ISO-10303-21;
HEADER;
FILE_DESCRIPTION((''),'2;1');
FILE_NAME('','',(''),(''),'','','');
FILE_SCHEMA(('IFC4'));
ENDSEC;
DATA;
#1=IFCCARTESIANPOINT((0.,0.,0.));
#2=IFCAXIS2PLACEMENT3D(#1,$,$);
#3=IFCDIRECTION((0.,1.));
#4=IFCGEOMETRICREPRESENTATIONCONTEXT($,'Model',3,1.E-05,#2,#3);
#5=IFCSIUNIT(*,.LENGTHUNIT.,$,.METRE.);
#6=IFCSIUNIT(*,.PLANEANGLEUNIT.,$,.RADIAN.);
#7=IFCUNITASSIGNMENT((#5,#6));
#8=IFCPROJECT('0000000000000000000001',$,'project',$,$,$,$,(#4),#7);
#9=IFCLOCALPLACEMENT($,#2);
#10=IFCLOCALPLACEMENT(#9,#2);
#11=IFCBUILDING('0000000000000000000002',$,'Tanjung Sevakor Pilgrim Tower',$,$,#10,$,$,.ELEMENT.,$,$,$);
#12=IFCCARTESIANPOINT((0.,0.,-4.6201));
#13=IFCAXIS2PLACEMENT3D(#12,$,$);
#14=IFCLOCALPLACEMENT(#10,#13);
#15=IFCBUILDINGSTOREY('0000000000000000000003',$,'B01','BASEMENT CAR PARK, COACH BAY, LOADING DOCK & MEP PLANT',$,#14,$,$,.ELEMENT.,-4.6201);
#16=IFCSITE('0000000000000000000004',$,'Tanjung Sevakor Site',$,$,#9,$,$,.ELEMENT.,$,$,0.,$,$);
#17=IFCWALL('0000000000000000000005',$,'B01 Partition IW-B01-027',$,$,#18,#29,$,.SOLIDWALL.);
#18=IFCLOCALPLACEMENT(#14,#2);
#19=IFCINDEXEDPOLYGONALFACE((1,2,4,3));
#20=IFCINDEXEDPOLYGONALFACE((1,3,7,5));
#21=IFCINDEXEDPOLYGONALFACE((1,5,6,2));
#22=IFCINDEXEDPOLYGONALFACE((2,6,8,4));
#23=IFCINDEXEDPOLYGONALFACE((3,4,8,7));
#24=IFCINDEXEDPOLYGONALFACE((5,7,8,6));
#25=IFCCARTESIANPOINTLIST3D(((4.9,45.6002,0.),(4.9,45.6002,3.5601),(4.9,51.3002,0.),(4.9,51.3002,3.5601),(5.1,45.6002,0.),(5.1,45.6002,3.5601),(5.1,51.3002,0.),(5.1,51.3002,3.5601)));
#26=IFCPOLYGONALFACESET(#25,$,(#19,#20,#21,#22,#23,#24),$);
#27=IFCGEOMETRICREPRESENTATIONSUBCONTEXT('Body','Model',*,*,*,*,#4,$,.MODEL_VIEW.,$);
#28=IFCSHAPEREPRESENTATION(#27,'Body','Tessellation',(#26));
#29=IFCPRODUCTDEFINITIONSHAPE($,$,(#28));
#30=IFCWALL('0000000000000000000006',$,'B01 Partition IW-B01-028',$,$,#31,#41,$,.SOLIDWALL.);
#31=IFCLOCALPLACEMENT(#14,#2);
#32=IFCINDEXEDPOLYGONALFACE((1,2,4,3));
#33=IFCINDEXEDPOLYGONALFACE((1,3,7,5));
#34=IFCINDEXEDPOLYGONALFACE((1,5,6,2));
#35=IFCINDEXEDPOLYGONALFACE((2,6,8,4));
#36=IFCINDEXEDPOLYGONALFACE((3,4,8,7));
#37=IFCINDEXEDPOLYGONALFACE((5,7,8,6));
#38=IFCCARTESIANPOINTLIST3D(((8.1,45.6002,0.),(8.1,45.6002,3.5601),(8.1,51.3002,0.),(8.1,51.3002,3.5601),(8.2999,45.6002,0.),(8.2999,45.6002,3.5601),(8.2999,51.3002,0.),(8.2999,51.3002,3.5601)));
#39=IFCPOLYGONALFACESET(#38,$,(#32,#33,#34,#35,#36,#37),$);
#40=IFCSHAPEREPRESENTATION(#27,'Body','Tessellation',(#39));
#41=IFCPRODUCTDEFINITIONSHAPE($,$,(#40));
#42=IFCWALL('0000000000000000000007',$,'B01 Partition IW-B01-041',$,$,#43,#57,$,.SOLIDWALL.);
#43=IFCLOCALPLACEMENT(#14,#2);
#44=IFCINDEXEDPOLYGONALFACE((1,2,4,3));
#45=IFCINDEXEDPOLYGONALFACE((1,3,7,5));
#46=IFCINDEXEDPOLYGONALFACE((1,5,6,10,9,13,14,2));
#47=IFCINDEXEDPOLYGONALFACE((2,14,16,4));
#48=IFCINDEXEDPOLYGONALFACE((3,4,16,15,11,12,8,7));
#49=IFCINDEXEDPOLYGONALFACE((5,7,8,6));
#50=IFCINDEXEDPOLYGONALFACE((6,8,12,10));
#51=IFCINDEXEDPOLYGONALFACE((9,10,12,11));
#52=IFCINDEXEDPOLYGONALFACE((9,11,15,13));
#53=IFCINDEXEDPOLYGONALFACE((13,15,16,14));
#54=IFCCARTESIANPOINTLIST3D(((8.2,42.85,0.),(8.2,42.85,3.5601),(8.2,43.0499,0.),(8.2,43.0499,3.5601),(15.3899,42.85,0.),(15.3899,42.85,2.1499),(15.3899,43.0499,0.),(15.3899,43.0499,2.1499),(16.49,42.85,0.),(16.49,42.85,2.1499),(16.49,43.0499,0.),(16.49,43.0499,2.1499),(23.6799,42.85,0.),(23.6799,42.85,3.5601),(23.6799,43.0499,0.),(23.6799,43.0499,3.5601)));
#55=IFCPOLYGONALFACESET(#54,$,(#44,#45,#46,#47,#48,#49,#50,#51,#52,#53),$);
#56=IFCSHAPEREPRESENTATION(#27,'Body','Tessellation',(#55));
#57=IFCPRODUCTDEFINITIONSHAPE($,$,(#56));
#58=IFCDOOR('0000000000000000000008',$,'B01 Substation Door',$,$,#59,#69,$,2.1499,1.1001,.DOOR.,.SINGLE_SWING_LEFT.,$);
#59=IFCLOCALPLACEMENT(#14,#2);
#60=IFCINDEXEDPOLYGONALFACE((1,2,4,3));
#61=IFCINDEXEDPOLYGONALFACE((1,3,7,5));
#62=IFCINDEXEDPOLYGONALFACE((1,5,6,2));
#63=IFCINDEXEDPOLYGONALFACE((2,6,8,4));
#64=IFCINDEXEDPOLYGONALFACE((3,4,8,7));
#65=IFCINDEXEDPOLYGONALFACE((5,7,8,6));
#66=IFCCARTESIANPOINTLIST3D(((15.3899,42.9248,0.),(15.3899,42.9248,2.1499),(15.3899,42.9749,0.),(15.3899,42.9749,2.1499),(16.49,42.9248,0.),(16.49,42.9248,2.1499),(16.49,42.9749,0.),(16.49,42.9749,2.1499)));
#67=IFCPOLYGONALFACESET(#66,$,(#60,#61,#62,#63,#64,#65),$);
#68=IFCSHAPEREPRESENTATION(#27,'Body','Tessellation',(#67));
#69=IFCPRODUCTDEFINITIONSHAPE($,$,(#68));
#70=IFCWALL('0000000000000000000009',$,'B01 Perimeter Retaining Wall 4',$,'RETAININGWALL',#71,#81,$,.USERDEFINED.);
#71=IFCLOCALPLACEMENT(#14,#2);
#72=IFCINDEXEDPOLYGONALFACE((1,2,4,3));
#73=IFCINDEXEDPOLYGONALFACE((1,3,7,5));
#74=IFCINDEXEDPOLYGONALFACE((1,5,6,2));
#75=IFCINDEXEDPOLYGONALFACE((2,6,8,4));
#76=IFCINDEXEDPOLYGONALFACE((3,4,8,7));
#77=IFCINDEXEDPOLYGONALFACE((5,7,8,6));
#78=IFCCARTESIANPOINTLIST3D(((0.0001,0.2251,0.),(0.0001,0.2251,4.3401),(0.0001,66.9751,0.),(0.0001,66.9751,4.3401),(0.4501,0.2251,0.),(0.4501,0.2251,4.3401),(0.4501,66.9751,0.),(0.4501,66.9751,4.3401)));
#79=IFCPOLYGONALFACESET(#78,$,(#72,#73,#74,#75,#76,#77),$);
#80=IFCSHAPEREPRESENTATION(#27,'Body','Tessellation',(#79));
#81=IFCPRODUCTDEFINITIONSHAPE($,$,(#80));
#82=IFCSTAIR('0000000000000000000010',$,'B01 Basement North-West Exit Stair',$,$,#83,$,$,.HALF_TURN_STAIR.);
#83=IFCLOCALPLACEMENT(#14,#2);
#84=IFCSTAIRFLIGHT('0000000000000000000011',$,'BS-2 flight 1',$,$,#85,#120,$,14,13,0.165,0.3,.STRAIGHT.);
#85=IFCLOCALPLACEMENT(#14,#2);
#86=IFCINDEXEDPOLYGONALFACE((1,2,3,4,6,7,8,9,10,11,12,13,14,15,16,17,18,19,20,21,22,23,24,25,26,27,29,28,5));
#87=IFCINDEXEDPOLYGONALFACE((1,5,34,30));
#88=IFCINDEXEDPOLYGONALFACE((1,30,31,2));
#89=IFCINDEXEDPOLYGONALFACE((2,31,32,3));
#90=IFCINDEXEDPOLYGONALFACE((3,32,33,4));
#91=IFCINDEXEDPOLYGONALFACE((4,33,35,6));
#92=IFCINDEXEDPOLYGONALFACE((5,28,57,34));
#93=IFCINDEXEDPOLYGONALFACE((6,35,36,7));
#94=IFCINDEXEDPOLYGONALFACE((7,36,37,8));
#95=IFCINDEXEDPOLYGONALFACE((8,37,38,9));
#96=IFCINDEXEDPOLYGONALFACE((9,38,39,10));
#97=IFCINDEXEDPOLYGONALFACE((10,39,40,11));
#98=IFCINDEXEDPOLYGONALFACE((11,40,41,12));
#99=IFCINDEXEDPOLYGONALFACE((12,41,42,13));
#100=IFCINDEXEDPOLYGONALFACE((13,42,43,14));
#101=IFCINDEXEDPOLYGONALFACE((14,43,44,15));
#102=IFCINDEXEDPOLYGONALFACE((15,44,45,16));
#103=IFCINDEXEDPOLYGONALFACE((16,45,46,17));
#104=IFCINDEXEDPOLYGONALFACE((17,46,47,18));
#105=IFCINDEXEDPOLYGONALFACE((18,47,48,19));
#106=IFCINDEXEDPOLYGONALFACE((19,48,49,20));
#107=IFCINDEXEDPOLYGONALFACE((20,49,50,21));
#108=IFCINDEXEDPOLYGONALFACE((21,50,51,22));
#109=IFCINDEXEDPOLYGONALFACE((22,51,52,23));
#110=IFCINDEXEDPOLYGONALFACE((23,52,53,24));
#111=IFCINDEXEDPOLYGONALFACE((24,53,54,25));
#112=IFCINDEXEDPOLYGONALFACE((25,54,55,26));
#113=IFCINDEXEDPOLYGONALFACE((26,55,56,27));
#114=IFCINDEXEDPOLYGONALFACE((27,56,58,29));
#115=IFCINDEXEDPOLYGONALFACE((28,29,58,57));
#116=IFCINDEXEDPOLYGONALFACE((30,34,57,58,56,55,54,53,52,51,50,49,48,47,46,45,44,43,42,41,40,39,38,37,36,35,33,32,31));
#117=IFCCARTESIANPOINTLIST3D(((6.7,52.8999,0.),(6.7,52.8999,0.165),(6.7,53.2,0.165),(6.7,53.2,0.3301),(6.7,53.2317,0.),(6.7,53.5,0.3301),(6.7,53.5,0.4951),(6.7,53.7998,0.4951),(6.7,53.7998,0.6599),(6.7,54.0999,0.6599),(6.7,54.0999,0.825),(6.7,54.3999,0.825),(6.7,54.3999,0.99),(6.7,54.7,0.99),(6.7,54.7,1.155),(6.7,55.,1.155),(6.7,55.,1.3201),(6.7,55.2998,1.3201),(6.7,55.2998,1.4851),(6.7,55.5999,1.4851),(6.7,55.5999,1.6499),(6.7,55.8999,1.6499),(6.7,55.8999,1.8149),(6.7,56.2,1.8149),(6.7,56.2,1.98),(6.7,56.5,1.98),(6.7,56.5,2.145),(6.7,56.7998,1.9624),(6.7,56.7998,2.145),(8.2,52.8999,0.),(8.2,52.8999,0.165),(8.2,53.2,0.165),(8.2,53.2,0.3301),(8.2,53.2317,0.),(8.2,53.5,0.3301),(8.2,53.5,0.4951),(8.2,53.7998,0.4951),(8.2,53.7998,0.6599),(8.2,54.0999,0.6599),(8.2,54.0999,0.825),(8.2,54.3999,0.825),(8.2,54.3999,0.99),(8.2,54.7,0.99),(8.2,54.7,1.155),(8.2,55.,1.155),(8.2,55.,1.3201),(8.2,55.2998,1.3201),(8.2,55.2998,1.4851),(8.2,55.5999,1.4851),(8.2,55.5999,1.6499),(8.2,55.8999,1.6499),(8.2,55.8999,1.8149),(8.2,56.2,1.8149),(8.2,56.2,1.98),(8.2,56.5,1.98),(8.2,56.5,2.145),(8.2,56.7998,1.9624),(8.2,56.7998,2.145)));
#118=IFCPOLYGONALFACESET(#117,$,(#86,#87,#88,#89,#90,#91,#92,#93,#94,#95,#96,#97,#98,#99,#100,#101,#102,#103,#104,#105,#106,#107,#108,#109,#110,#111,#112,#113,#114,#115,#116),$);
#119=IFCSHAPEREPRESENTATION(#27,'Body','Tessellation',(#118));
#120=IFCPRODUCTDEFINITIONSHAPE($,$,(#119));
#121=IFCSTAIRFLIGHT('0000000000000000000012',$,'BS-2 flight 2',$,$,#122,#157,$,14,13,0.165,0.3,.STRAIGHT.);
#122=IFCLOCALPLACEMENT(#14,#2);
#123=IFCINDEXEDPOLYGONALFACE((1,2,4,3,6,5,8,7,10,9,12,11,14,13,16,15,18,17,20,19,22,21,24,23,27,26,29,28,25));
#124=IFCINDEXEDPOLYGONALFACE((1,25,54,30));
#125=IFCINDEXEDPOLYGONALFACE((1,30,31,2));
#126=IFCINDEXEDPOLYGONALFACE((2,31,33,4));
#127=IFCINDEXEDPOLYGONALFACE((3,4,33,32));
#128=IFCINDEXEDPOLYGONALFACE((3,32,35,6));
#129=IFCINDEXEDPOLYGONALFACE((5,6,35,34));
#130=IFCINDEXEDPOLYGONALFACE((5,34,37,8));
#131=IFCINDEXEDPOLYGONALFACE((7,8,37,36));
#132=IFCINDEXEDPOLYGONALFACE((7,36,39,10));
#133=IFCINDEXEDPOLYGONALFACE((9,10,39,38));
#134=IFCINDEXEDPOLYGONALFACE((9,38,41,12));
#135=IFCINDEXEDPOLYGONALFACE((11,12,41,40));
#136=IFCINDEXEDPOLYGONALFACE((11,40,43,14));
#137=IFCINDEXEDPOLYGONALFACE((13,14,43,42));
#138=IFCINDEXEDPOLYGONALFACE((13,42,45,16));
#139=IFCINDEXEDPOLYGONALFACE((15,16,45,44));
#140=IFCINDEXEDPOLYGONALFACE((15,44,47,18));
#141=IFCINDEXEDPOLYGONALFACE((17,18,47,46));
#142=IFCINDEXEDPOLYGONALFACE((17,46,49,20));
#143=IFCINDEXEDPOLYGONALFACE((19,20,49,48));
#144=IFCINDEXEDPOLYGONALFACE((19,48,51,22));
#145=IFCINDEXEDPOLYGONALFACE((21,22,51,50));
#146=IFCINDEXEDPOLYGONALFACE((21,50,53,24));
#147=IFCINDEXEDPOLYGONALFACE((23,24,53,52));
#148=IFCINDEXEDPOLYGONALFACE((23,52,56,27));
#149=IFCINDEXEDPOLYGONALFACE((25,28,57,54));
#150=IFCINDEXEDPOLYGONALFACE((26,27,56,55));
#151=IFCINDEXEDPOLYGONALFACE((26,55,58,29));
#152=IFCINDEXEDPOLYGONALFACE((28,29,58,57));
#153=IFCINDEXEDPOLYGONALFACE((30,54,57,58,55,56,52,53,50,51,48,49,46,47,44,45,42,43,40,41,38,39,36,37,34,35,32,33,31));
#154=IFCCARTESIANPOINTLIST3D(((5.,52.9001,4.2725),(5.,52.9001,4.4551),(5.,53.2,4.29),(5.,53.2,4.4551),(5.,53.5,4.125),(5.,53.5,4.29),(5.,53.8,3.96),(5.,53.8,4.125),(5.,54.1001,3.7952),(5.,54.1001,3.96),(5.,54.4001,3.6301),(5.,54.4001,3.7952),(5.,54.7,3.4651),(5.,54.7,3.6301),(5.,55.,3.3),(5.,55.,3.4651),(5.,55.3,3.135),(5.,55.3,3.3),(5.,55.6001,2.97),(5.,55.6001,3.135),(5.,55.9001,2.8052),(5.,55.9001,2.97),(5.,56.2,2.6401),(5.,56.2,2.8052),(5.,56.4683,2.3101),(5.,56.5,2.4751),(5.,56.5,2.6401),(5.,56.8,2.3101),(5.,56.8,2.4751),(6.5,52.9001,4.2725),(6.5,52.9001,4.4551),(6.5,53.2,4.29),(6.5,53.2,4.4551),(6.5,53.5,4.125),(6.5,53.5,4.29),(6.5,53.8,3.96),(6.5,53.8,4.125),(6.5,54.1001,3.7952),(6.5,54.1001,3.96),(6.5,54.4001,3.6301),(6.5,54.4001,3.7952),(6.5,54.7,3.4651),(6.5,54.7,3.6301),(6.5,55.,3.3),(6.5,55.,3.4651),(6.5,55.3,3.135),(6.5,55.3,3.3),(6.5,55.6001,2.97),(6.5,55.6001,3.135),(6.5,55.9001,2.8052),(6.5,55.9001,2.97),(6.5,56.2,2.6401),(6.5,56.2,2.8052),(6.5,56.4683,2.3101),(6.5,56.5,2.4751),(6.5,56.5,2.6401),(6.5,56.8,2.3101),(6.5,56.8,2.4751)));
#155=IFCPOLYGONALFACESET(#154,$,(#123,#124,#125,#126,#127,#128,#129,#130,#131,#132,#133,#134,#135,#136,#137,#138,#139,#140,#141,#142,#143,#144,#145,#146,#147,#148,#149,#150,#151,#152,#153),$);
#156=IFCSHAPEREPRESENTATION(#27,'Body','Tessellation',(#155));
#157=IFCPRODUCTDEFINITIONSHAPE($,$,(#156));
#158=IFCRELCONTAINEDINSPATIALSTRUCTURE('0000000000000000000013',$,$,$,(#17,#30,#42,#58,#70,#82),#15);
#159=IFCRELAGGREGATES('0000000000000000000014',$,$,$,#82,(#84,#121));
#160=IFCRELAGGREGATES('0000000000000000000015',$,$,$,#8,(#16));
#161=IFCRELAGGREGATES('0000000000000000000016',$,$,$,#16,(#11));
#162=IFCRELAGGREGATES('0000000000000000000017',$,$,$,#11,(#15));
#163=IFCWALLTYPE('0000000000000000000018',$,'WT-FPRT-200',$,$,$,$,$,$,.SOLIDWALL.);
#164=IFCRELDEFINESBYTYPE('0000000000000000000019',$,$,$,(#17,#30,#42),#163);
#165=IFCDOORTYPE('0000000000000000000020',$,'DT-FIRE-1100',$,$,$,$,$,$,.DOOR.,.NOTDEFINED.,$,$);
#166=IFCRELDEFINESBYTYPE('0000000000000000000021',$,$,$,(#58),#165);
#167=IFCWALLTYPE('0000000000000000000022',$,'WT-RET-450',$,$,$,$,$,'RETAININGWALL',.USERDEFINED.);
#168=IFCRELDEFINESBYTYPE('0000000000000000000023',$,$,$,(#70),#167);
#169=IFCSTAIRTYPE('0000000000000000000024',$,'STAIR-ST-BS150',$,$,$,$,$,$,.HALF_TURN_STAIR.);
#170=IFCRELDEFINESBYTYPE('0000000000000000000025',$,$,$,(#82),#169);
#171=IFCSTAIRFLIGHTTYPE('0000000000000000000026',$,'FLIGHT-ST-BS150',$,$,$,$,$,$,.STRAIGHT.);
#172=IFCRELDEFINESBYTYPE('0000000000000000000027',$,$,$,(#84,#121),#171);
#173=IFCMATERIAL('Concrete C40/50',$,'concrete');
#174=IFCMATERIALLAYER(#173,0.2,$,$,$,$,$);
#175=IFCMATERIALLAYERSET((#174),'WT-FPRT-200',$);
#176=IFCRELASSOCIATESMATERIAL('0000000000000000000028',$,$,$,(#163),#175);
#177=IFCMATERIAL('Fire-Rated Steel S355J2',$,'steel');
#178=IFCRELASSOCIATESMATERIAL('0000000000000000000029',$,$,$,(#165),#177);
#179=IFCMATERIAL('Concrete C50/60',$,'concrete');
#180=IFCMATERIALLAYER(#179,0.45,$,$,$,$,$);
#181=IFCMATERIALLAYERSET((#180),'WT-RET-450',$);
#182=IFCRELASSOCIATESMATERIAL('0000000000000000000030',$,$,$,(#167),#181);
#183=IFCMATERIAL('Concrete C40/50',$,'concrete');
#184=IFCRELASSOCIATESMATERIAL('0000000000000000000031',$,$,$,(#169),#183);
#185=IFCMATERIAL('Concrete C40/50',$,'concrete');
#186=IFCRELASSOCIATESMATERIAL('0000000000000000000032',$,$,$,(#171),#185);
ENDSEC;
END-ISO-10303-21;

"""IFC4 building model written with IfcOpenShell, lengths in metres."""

from ifc_helpers import new_model, si_unit, direction, frame, frame_2d, origin, place, context, subcontext, project, spatial, polyline, rectangle, outline, extrude, material, layer, layer_set, type_object, element, fill, aggregate, save


model = new_model("IFC4")

# Units and contexts
model_context = context("Model", 3, precision=1e-05, world=origin(), true_north=direction((0.0, 1.0)))
body_context = subcontext(model_context, "Body", "Model", "MODEL_VIEW")
ifc_project = project(units=[si_unit("LENGTHUNIT", "METRE"), si_unit("PLANEANGLEUNIT", "RADIAN")], contexts=[model_context])

# Site, building, storey
site_placement = place(None, origin())
site = spatial("IfcSite", under=ifc_project, at=site_placement, Name="Tanjung Sevakor Site", CompositionType="ELEMENT", RefElevation=0.0)
building_placement = place(site_placement, origin())
building = spatial("IfcBuilding", under=site, at=building_placement, Name="Tanjung Sevakor Pilgrim Tower", CompositionType="ELEMENT")
storey_placement = place(building_placement, frame((0.0, 0.0, -4.6201)))
storey = spatial("IfcBuildingStorey", under=building, at=storey_placement, Name="B01", Description="BASEMENT CAR PARK, COACH BAY, LOADING DOCK & MEP PLANT", CompositionType="ELEMENT", Elevation=-4.6201)

# Walls
ifc_material_1 = material(Name="Concrete C40/50", Category="concrete")
ifc_layer_1 = layer(ifc_material_1, 0.2)
ifc_layer_set_1 = layer_set([ifc_layer_1], Name="WT-FPRT-200")
wall_type_1 = type_object("IfcWallType", Name="WT-FPRT-200", PredefinedType="SOLIDWALL", material=ifc_layer_set_1)
for number, where, z_axis, x_axis, name in (
    (1, (5.0, 45.6001, 0.0), (0.0, 0.0, 1.0), (0.0, 1.0, 0.0), "B01 Partition IW-B01-027"),
    (2, (8.2, 45.6001, 0.0), (0.0, 0.0, 1.0), (0.0, 1.0, 0.0), "B01 Partition IW-B01-028"),
):
    element("IfcWall", number, at=place(storey_placement, frame(where, z_axis=z_axis, x_axis=x_axis)), inside=storey, type_object=wall_type_1, Name=name, PredefinedType="SOLIDWALL", context=body_context, shape_type="SweptSolid", body=[
        extrude(rectangle(XDim=5.7, YDim=0.2, at=frame_2d((2.8501, 0.0))), origin(), (0.0, 0.0, 1.0), 3.5601),
    ])

# Wall, opening, door
wall_1_placement = place(storey_placement, frame((8.2, 42.95, 0.0), z_axis=(0.0, 0.0, 1.0), x_axis=(1.0, 0.0, 0.0)))
wall_1 = element("IfcWall", 3, at=wall_1_placement, inside=storey, type_object=wall_type_1, Name="B01 Partition IW-B01-041", PredefinedType="SOLIDWALL", context=body_context, shape_type="SweptSolid", body=[
    extrude(rectangle(XDim=15.48, YDim=0.2, at=frame_2d((7.74, 0.0))), origin(), (0.0, 0.0, 1.0), 3.5601),
])
opening_1_placement = place(wall_1_placement, frame((7.1899, 0.0, 0.0)))
opening_1 = element("IfcOpeningElement", 4, at=opening_1_placement, cuts=wall_1, PredefinedType="OPENING", context=body_context, shape_type="SweptSolid", body=[
    extrude(rectangle(XDim=1.1001, YDim=2.1499, at=frame_2d((0.55, 1.075))), frame((0.0, 0.1099, 0.0), z_axis=(0.0, -1.0, 0.0), x_axis=(1.0, 0.0, 0.0)), (0.0, 0.0, 1.0), 0.22),
])
ifc_material_2 = material(Name="Fire-Rated Steel S355J2", Category="steel")
door_type_1 = type_object("IfcDoorType", Name="DT-FIRE-1100", OperationType="NOTDEFINED", PredefinedType="DOOR", material=ifc_material_2)
door_1_placement = place(opening_1_placement, origin())
door_1 = element("IfcDoor", 5, at=door_1_placement, inside=storey, type_object=door_type_1, Name="B01 Substation Door", OperationType="SINGLE_SWING_LEFT", OverallHeight=2.1499, OverallWidth=1.1001, PredefinedType="DOOR", context=body_context, shape_type="SweptSolid", body=[
    extrude(rectangle(XDim=1.1001, YDim=2.1499, at=frame_2d((0.55, 1.075))), frame((0.0, 0.0249, 0.0), z_axis=(0.0, -1.0, 0.0), x_axis=(1.0, 0.0, 0.0)), (0.0, 0.0, 1.0), 0.05),
])
fill(opening_1, door_1)

# Wall
ifc_material_3 = material(Name="Concrete C50/60", Category="concrete")
ifc_layer_2 = layer(ifc_material_3, 0.45)
ifc_layer_set_2 = layer_set([ifc_layer_2], Name="WT-RET-450")
wall_type_2 = type_object("IfcWallType", Name="WT-RET-450", ElementType="RETAININGWALL", PredefinedType="USERDEFINED", material=ifc_layer_set_2)
wall_2_placement = place(storey_placement, frame((0.2251, 66.9751, 0.0), z_axis=(0.0, 0.0, 1.0), x_axis=(0.0, -1.0, 0.0)))
element("IfcWall", 6, at=wall_2_placement, inside=storey, type_object=wall_type_2, Name="B01 Perimeter Retaining Wall 4", ObjectType="RETAININGWALL", PredefinedType="USERDEFINED", context=body_context, shape_type="SweptSolid", body=[
    extrude(rectangle(XDim=66.75, YDim=0.45, at=frame_2d((33.375, 0.0))), origin(), (0.0, 0.0, 1.0), 4.3401),
])

# Stair, stair flights
ifc_material_4 = material(Name="Concrete C40/50", Category="concrete")
stair_type = type_object("IfcStairType", Name="STAIR-ST-BS150", PredefinedType="HALF_TURN_STAIR", material=ifc_material_4)
stair_placement = place(storey_placement, origin())
stair = element("IfcStair", 7, at=stair_placement, inside=storey, type_object=stair_type, Name="B01 Basement North-West Exit Stair", PredefinedType="HALF_TURN_STAIR")
ifc_material_5 = material(Name="Concrete C40/50", Category="concrete")
stair_flight_type = type_object("IfcStairFlightType", Name="FLIGHT-ST-BS150", PredefinedType="STRAIGHT", material=ifc_material_5)
stair_flight_1_placement = place(storey_placement, frame((7.45, 52.8999, 0.0), z_axis=(0.0, 0.0, 1.0), x_axis=(0.0, 1.0, 0.0)))
stair_flight_1 = element("IfcStairFlight", 8, at=stair_flight_1_placement, type_object=stair_flight_type, Name="BS-2 flight 1", NumberOfRisers=14, NumberOfTreads=13, PredefinedType="STRAIGHT", RiserHeight=0.165, TreadLength=0.3, context=body_context, shape_type="SweptSolid", body=[
    extrude(outline(polyline([(0.0, 0.0), (0.0, 0.165), (0.3, 0.165), (0.3, 0.3301), (0.6001, 0.3301), (0.6001, 0.4951), (0.8999, 0.4951), (0.8999, 0.6599), (1.2, 0.6599), (1.2, 0.825), (1.5, 0.825), (1.5, 0.99), (1.8, 0.99), (1.8, 1.155), (2.1001, 1.155), (2.1001, 1.3201), (2.3999, 1.3201), (2.3999, 1.4851), (2.7, 1.4851), (2.7, 1.6499), (3.0, 1.6499), (3.0, 1.8149), (3.3, 1.8149), (3.3, 1.98), (3.6001, 1.98), (3.6001, 2.145), (3.8999, 2.145), (3.8999, 2.3101), (3.8999, 1.9624), (0.3318, 0.0), (0.0, 0.0)])), frame((0.0, 0.75, 0.0), z_axis=(0.0, -1.0, 0.0), x_axis=(1.0, 0.0, 0.0)), (0.0, 0.0, 1.0), 1.5),
])
stair_flight_2_placement = place(storey_placement, frame((5.75, 56.8, 2.3101), z_axis=(0.0, 0.0, 1.0), x_axis=(0.0, -1.0, 0.0)))
stair_flight_2 = element("IfcStairFlight", 9, at=stair_flight_2_placement, type_object=stair_flight_type, Name="BS-2 flight 2", NumberOfRisers=14, NumberOfTreads=13, PredefinedType="STRAIGHT", RiserHeight=0.165, TreadLength=0.3, context=body_context, shape_type="SweptSolid", body=[
    extrude(outline(polyline([(0.0, 0.0), (0.0, 0.165), (0.3, 0.165), (0.3, 0.3301), (0.6001, 0.3301), (0.6001, 0.4951), (0.8999, 0.4951), (0.8999, 0.6599), (1.2, 0.6599), (1.2, 0.825), (1.5, 0.825), (1.5, 0.99), (1.8, 0.99), (1.8, 1.155), (2.1001, 1.155), (2.1001, 1.3201), (2.3999, 1.3201), (2.3999, 1.4851), (2.7, 1.4851), (2.7, 1.6499), (3.0, 1.6499), (3.0, 1.8149), (3.3, 1.8149), (3.3, 1.98), (3.6001, 1.98), (3.6001, 2.145), (3.8999, 2.145), (3.8999, 2.3101), (3.8999, 1.9624), (0.3318, 0.0), (0.0, 0.0)])), frame((0.0, 0.75, 0.0), z_axis=(0.0, -1.0, 0.0), x_axis=(1.0, 0.0, 0.0)), (0.0, 0.0, 1.0), 1.5),
])
aggregate(stair, [stair_flight_1, stair_flight_2])

save(model, "model.ifc")
